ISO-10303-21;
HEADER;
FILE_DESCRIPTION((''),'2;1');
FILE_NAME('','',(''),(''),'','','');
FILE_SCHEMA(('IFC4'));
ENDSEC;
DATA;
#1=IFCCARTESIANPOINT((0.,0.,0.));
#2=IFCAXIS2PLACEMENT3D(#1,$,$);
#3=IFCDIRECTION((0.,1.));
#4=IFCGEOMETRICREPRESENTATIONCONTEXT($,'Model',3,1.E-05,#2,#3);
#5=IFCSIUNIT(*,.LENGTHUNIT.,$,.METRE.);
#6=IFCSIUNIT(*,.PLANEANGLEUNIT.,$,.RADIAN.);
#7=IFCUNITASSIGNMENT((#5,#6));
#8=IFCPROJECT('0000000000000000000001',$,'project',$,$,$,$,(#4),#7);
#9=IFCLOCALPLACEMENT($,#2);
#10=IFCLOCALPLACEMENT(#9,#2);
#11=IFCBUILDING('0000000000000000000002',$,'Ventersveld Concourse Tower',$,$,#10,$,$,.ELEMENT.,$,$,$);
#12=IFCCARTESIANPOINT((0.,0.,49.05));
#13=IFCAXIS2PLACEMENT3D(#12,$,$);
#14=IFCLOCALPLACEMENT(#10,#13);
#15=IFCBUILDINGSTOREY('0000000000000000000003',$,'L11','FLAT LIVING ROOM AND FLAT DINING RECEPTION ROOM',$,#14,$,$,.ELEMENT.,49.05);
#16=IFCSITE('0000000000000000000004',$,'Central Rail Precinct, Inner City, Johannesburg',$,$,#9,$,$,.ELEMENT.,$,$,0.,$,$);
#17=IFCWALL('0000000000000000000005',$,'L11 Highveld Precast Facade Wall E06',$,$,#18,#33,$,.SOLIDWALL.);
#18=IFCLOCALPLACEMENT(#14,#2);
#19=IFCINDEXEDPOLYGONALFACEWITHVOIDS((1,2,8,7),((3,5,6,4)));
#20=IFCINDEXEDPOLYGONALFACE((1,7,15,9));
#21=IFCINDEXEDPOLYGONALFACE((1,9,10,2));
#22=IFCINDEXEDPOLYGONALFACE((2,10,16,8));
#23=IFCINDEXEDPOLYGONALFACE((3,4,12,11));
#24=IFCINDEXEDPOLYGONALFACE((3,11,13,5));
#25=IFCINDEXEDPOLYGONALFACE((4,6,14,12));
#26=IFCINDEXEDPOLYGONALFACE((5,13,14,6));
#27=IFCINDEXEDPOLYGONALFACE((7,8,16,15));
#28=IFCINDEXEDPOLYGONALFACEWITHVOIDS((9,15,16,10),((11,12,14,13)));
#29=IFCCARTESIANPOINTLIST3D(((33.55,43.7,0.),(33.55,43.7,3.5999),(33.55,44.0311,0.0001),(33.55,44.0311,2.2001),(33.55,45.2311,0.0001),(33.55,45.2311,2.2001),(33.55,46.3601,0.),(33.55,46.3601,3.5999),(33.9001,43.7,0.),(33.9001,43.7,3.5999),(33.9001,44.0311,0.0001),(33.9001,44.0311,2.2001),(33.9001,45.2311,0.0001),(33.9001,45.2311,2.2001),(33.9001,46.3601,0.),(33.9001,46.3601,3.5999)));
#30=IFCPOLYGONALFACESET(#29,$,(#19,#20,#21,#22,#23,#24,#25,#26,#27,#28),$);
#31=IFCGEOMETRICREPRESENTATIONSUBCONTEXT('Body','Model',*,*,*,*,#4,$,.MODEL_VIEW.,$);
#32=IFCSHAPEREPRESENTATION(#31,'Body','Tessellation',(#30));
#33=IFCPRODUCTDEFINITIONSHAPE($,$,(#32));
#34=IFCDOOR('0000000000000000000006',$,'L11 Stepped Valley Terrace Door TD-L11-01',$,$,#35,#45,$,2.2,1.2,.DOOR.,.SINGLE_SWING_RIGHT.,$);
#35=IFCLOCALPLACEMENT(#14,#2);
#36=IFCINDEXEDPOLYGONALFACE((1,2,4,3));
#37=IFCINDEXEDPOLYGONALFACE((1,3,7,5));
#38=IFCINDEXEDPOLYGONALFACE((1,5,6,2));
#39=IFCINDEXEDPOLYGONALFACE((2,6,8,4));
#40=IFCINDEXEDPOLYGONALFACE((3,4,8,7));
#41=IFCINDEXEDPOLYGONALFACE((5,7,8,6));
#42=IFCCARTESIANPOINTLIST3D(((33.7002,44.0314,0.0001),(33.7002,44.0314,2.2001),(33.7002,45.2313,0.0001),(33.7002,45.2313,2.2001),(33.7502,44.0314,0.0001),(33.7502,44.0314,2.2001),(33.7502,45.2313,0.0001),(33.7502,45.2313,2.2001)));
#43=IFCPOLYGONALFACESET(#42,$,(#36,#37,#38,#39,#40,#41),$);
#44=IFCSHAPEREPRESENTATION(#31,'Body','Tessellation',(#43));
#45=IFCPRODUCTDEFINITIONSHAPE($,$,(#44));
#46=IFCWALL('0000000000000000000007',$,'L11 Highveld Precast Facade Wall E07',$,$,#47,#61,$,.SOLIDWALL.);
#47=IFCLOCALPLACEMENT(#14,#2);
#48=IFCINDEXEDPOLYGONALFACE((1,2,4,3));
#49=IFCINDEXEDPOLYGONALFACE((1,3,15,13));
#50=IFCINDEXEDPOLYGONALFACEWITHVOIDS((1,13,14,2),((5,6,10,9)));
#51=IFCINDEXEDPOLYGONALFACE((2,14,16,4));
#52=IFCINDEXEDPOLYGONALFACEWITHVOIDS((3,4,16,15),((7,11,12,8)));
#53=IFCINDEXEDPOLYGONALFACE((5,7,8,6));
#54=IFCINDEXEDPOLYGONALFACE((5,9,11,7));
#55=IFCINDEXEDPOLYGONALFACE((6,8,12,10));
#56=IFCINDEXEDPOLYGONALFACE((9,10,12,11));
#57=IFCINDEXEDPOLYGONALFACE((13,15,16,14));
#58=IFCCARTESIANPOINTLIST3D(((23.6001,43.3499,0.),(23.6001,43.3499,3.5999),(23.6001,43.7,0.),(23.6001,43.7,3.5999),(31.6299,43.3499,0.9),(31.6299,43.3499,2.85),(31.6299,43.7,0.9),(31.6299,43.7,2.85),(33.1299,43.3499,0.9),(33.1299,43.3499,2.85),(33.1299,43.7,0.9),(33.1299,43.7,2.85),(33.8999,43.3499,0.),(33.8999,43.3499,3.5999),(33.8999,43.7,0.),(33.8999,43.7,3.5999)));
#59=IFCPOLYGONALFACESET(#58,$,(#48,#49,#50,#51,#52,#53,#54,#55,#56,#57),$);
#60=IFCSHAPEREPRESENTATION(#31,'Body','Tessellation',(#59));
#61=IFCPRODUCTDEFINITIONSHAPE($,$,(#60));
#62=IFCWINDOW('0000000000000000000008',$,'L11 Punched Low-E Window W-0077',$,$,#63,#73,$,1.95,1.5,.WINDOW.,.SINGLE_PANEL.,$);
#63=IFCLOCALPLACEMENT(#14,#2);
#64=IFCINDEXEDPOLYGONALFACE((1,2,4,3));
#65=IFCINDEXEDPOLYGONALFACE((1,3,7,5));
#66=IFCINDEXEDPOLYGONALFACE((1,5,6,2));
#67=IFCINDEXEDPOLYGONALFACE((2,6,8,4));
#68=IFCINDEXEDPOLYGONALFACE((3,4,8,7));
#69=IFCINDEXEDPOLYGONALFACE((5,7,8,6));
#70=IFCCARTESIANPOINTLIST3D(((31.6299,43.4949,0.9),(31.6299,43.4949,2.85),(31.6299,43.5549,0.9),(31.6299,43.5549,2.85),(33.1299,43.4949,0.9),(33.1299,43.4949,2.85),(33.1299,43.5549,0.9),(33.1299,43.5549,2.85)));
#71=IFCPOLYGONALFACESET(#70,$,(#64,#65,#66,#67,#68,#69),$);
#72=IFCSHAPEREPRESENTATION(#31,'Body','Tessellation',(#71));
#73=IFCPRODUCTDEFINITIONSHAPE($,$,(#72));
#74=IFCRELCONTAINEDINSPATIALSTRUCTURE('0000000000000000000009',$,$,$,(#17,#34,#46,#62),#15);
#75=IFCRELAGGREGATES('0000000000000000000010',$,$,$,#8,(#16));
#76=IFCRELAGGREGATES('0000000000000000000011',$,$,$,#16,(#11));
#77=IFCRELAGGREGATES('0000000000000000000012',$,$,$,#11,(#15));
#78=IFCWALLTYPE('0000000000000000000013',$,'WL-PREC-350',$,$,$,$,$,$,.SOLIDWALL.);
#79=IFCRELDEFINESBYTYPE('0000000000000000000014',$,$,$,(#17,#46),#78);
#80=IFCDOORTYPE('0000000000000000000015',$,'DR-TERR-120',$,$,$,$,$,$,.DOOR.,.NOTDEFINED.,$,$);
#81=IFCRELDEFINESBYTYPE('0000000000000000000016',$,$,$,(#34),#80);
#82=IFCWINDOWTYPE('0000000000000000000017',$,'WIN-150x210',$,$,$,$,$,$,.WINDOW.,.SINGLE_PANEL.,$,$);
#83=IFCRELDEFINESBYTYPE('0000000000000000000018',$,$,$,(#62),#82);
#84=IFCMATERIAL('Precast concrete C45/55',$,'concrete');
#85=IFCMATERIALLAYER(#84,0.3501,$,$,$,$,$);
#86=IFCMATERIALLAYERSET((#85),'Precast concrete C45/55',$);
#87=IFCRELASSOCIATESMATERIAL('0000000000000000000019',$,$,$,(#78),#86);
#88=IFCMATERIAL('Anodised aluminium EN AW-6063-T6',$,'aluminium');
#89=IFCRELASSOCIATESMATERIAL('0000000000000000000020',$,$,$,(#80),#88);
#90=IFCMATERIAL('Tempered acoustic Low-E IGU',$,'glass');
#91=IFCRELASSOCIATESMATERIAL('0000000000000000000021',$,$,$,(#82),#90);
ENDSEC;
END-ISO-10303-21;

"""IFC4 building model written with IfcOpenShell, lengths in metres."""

from ifc_helpers import new_model, si_unit, direction, frame, frame_2d, origin, place, context, subcontext, project, spatial, rectangle, extrude, material, layer, layer_set, type_object, element, fill, save


model = new_model("IFC4")

# Units and contexts
model_context = context("Model", 3, precision=1e-05, world=origin(), true_north=direction((0.0, 1.0)))
body_context = subcontext(model_context, "Body", "Model", "MODEL_VIEW")
ifc_project = project(units=[si_unit("LENGTHUNIT", "METRE"), si_unit("PLANEANGLEUNIT", "RADIAN")], contexts=[model_context])

# Site, building, storey
site_placement = place(None, origin())
site = spatial("IfcSite", under=ifc_project, at=site_placement, Name="Central Rail Precinct, Inner City, Johannesburg", CompositionType="ELEMENT", RefElevation=0.0)
building_placement = place(site_placement, origin())
building = spatial("IfcBuilding", under=site, at=building_placement, Name="Ventersveld Concourse Tower", CompositionType="ELEMENT")
storey_placement = place(building_placement, frame((0.0, 0.0, 49.05)))
storey = spatial("IfcBuildingStorey", under=building, at=storey_placement, Name="L11", Description="FLAT LIVING ROOM AND FLAT DINING RECEPTION ROOM", CompositionType="ELEMENT", Elevation=49.05)

# Wall, opening, door
ifc_material_1 = material(Name="Precast concrete C45/55", Category="concrete")
ifc_layer_1 = layer(ifc_material_1, 0.3501)
ifc_layer_set_1 = layer_set([ifc_layer_1], Name="Precast concrete C45/55")
wall_type_1 = type_object("IfcWallType", Name="WL-PREC-350", PredefinedType="SOLIDWALL", material=ifc_layer_set_1)
wall_1_placement = place(storey_placement, frame((33.7251, 46.3601, 0.0), z_axis=(0.0, 0.0, 1.0), x_axis=(0.0, -1.0, 0.0)))
wall_1 = element("IfcWall", 1, at=wall_1_placement, inside=storey, type_object=wall_type_1, Name="L11 Highveld Precast Facade Wall E06", PredefinedType="SOLIDWALL", context=body_context, shape_type="SweptSolid", body=[
    extrude(rectangle(XDim=2.6602, YDim=0.3501, at=frame_2d((1.3301, 0.0))), origin(), (0.0, 0.0, 1.0), 3.5999),
])
opening_1_placement = place(wall_1_placement, frame((1.1289, 0.0, 0.0)))
opening_1 = element("IfcOpeningElement", 2, at=opening_1_placement, cuts=wall_1, PredefinedType="OPENING", context=body_context, shape_type="SweptSolid", body=[
    extrude(rectangle(XDim=1.2, YDim=2.2, at=frame_2d((0.6001, 1.1001))), frame((0.0, 0.1851, 0.0), z_axis=(0.0, -1.0, 0.0), x_axis=(1.0, 0.0, 0.0)), (0.0, 0.0, 1.0), 0.3701),
])
ifc_material_2 = material(Name="Anodised aluminium EN AW-6063-T6", Category="aluminium")
door_type_1 = type_object("IfcDoorType", Name="DR-TERR-120", OperationType="NOTDEFINED", PredefinedType="DOOR", material=ifc_material_2)
door_1_placement = place(opening_1_placement, frame((1.2, 0.0, 0.0), z_axis=(0.0, 0.0, 1.0), x_axis=(-1.0, 0.0, 0.0)))
door_1 = element("IfcDoor", 3, at=door_1_placement, inside=storey, type_object=door_type_1, Name="L11 Stepped Valley Terrace Door TD-L11-01", OperationType="SINGLE_SWING_RIGHT", OverallHeight=2.2, OverallWidth=1.2, PredefinedType="DOOR", context=body_context, shape_type="SweptSolid", body=[
    extrude(rectangle(XDim=1.2, YDim=2.2, at=frame_2d((0.6001, 1.1001))), frame((0.0, 0.0249, 0.0), z_axis=(0.0, -1.0, 0.0), x_axis=(1.0, 0.0, 0.0)), (0.0, 0.0, 1.0), 0.05),
])
fill(opening_1, door_1)

# Wall, opening, window
wall_2_placement = place(storey_placement, frame((33.8999, 43.5249, 0.0), z_axis=(0.0, 0.0, 1.0), x_axis=(-1.0, 0.0, 0.0)))
wall_2 = element("IfcWall", 4, at=wall_2_placement, inside=storey, type_object=wall_type_1, Name="L11 Highveld Precast Facade Wall E07", PredefinedType="SOLIDWALL", context=body_context, shape_type="SweptSolid", body=[
    extrude(rectangle(XDim=10.2998, YDim=0.3501, at=frame_2d((5.1499, 0.0))), origin(), (0.0, 0.0, 1.0), 3.5999),
])
opening_2_placement = place(wall_2_placement, frame((0.77, 0.0, 0.8999)))
opening_2 = element("IfcOpeningElement", 5, at=opening_2_placement, cuts=wall_2, PredefinedType="OPENING", context=body_context, shape_type="SweptSolid", body=[
    extrude(rectangle(XDim=1.5, YDim=1.95, at=frame_2d((0.75, 0.9751))), frame((0.0, 0.1851, 0.0), z_axis=(0.0, -1.0, 0.0), x_axis=(1.0, 0.0, 0.0)), (0.0, 0.0, 1.0), 0.3701),
])
ifc_material_3 = material(Name="Tempered acoustic Low-E IGU", Category="glass")
window_type = type_object("IfcWindowType", Name="WIN-150x210", PartitioningType="SINGLE_PANEL", PredefinedType="WINDOW", material=ifc_material_3)
window_placement = place(opening_2_placement, origin())
window = element("IfcWindow", 6, at=window_placement, inside=storey, type_object=window_type, Name="L11 Punched Low-E Window W-0077", OverallHeight=1.95, OverallWidth=1.5, PartitioningType="SINGLE_PANEL", PredefinedType="WINDOW", context=body_context, shape_type="SweptSolid", body=[
    extrude(rectangle(XDim=1.5, YDim=1.95, at=frame_2d((0.75, 0.9751))), frame((0.0, 0.03, 0.0), z_axis=(0.0, -1.0, 0.0), x_axis=(1.0, 0.0, 0.0)), (0.0, 0.0, 1.0), 0.0601),
])
fill(opening_2, window)

save(model, "model.ifc")
